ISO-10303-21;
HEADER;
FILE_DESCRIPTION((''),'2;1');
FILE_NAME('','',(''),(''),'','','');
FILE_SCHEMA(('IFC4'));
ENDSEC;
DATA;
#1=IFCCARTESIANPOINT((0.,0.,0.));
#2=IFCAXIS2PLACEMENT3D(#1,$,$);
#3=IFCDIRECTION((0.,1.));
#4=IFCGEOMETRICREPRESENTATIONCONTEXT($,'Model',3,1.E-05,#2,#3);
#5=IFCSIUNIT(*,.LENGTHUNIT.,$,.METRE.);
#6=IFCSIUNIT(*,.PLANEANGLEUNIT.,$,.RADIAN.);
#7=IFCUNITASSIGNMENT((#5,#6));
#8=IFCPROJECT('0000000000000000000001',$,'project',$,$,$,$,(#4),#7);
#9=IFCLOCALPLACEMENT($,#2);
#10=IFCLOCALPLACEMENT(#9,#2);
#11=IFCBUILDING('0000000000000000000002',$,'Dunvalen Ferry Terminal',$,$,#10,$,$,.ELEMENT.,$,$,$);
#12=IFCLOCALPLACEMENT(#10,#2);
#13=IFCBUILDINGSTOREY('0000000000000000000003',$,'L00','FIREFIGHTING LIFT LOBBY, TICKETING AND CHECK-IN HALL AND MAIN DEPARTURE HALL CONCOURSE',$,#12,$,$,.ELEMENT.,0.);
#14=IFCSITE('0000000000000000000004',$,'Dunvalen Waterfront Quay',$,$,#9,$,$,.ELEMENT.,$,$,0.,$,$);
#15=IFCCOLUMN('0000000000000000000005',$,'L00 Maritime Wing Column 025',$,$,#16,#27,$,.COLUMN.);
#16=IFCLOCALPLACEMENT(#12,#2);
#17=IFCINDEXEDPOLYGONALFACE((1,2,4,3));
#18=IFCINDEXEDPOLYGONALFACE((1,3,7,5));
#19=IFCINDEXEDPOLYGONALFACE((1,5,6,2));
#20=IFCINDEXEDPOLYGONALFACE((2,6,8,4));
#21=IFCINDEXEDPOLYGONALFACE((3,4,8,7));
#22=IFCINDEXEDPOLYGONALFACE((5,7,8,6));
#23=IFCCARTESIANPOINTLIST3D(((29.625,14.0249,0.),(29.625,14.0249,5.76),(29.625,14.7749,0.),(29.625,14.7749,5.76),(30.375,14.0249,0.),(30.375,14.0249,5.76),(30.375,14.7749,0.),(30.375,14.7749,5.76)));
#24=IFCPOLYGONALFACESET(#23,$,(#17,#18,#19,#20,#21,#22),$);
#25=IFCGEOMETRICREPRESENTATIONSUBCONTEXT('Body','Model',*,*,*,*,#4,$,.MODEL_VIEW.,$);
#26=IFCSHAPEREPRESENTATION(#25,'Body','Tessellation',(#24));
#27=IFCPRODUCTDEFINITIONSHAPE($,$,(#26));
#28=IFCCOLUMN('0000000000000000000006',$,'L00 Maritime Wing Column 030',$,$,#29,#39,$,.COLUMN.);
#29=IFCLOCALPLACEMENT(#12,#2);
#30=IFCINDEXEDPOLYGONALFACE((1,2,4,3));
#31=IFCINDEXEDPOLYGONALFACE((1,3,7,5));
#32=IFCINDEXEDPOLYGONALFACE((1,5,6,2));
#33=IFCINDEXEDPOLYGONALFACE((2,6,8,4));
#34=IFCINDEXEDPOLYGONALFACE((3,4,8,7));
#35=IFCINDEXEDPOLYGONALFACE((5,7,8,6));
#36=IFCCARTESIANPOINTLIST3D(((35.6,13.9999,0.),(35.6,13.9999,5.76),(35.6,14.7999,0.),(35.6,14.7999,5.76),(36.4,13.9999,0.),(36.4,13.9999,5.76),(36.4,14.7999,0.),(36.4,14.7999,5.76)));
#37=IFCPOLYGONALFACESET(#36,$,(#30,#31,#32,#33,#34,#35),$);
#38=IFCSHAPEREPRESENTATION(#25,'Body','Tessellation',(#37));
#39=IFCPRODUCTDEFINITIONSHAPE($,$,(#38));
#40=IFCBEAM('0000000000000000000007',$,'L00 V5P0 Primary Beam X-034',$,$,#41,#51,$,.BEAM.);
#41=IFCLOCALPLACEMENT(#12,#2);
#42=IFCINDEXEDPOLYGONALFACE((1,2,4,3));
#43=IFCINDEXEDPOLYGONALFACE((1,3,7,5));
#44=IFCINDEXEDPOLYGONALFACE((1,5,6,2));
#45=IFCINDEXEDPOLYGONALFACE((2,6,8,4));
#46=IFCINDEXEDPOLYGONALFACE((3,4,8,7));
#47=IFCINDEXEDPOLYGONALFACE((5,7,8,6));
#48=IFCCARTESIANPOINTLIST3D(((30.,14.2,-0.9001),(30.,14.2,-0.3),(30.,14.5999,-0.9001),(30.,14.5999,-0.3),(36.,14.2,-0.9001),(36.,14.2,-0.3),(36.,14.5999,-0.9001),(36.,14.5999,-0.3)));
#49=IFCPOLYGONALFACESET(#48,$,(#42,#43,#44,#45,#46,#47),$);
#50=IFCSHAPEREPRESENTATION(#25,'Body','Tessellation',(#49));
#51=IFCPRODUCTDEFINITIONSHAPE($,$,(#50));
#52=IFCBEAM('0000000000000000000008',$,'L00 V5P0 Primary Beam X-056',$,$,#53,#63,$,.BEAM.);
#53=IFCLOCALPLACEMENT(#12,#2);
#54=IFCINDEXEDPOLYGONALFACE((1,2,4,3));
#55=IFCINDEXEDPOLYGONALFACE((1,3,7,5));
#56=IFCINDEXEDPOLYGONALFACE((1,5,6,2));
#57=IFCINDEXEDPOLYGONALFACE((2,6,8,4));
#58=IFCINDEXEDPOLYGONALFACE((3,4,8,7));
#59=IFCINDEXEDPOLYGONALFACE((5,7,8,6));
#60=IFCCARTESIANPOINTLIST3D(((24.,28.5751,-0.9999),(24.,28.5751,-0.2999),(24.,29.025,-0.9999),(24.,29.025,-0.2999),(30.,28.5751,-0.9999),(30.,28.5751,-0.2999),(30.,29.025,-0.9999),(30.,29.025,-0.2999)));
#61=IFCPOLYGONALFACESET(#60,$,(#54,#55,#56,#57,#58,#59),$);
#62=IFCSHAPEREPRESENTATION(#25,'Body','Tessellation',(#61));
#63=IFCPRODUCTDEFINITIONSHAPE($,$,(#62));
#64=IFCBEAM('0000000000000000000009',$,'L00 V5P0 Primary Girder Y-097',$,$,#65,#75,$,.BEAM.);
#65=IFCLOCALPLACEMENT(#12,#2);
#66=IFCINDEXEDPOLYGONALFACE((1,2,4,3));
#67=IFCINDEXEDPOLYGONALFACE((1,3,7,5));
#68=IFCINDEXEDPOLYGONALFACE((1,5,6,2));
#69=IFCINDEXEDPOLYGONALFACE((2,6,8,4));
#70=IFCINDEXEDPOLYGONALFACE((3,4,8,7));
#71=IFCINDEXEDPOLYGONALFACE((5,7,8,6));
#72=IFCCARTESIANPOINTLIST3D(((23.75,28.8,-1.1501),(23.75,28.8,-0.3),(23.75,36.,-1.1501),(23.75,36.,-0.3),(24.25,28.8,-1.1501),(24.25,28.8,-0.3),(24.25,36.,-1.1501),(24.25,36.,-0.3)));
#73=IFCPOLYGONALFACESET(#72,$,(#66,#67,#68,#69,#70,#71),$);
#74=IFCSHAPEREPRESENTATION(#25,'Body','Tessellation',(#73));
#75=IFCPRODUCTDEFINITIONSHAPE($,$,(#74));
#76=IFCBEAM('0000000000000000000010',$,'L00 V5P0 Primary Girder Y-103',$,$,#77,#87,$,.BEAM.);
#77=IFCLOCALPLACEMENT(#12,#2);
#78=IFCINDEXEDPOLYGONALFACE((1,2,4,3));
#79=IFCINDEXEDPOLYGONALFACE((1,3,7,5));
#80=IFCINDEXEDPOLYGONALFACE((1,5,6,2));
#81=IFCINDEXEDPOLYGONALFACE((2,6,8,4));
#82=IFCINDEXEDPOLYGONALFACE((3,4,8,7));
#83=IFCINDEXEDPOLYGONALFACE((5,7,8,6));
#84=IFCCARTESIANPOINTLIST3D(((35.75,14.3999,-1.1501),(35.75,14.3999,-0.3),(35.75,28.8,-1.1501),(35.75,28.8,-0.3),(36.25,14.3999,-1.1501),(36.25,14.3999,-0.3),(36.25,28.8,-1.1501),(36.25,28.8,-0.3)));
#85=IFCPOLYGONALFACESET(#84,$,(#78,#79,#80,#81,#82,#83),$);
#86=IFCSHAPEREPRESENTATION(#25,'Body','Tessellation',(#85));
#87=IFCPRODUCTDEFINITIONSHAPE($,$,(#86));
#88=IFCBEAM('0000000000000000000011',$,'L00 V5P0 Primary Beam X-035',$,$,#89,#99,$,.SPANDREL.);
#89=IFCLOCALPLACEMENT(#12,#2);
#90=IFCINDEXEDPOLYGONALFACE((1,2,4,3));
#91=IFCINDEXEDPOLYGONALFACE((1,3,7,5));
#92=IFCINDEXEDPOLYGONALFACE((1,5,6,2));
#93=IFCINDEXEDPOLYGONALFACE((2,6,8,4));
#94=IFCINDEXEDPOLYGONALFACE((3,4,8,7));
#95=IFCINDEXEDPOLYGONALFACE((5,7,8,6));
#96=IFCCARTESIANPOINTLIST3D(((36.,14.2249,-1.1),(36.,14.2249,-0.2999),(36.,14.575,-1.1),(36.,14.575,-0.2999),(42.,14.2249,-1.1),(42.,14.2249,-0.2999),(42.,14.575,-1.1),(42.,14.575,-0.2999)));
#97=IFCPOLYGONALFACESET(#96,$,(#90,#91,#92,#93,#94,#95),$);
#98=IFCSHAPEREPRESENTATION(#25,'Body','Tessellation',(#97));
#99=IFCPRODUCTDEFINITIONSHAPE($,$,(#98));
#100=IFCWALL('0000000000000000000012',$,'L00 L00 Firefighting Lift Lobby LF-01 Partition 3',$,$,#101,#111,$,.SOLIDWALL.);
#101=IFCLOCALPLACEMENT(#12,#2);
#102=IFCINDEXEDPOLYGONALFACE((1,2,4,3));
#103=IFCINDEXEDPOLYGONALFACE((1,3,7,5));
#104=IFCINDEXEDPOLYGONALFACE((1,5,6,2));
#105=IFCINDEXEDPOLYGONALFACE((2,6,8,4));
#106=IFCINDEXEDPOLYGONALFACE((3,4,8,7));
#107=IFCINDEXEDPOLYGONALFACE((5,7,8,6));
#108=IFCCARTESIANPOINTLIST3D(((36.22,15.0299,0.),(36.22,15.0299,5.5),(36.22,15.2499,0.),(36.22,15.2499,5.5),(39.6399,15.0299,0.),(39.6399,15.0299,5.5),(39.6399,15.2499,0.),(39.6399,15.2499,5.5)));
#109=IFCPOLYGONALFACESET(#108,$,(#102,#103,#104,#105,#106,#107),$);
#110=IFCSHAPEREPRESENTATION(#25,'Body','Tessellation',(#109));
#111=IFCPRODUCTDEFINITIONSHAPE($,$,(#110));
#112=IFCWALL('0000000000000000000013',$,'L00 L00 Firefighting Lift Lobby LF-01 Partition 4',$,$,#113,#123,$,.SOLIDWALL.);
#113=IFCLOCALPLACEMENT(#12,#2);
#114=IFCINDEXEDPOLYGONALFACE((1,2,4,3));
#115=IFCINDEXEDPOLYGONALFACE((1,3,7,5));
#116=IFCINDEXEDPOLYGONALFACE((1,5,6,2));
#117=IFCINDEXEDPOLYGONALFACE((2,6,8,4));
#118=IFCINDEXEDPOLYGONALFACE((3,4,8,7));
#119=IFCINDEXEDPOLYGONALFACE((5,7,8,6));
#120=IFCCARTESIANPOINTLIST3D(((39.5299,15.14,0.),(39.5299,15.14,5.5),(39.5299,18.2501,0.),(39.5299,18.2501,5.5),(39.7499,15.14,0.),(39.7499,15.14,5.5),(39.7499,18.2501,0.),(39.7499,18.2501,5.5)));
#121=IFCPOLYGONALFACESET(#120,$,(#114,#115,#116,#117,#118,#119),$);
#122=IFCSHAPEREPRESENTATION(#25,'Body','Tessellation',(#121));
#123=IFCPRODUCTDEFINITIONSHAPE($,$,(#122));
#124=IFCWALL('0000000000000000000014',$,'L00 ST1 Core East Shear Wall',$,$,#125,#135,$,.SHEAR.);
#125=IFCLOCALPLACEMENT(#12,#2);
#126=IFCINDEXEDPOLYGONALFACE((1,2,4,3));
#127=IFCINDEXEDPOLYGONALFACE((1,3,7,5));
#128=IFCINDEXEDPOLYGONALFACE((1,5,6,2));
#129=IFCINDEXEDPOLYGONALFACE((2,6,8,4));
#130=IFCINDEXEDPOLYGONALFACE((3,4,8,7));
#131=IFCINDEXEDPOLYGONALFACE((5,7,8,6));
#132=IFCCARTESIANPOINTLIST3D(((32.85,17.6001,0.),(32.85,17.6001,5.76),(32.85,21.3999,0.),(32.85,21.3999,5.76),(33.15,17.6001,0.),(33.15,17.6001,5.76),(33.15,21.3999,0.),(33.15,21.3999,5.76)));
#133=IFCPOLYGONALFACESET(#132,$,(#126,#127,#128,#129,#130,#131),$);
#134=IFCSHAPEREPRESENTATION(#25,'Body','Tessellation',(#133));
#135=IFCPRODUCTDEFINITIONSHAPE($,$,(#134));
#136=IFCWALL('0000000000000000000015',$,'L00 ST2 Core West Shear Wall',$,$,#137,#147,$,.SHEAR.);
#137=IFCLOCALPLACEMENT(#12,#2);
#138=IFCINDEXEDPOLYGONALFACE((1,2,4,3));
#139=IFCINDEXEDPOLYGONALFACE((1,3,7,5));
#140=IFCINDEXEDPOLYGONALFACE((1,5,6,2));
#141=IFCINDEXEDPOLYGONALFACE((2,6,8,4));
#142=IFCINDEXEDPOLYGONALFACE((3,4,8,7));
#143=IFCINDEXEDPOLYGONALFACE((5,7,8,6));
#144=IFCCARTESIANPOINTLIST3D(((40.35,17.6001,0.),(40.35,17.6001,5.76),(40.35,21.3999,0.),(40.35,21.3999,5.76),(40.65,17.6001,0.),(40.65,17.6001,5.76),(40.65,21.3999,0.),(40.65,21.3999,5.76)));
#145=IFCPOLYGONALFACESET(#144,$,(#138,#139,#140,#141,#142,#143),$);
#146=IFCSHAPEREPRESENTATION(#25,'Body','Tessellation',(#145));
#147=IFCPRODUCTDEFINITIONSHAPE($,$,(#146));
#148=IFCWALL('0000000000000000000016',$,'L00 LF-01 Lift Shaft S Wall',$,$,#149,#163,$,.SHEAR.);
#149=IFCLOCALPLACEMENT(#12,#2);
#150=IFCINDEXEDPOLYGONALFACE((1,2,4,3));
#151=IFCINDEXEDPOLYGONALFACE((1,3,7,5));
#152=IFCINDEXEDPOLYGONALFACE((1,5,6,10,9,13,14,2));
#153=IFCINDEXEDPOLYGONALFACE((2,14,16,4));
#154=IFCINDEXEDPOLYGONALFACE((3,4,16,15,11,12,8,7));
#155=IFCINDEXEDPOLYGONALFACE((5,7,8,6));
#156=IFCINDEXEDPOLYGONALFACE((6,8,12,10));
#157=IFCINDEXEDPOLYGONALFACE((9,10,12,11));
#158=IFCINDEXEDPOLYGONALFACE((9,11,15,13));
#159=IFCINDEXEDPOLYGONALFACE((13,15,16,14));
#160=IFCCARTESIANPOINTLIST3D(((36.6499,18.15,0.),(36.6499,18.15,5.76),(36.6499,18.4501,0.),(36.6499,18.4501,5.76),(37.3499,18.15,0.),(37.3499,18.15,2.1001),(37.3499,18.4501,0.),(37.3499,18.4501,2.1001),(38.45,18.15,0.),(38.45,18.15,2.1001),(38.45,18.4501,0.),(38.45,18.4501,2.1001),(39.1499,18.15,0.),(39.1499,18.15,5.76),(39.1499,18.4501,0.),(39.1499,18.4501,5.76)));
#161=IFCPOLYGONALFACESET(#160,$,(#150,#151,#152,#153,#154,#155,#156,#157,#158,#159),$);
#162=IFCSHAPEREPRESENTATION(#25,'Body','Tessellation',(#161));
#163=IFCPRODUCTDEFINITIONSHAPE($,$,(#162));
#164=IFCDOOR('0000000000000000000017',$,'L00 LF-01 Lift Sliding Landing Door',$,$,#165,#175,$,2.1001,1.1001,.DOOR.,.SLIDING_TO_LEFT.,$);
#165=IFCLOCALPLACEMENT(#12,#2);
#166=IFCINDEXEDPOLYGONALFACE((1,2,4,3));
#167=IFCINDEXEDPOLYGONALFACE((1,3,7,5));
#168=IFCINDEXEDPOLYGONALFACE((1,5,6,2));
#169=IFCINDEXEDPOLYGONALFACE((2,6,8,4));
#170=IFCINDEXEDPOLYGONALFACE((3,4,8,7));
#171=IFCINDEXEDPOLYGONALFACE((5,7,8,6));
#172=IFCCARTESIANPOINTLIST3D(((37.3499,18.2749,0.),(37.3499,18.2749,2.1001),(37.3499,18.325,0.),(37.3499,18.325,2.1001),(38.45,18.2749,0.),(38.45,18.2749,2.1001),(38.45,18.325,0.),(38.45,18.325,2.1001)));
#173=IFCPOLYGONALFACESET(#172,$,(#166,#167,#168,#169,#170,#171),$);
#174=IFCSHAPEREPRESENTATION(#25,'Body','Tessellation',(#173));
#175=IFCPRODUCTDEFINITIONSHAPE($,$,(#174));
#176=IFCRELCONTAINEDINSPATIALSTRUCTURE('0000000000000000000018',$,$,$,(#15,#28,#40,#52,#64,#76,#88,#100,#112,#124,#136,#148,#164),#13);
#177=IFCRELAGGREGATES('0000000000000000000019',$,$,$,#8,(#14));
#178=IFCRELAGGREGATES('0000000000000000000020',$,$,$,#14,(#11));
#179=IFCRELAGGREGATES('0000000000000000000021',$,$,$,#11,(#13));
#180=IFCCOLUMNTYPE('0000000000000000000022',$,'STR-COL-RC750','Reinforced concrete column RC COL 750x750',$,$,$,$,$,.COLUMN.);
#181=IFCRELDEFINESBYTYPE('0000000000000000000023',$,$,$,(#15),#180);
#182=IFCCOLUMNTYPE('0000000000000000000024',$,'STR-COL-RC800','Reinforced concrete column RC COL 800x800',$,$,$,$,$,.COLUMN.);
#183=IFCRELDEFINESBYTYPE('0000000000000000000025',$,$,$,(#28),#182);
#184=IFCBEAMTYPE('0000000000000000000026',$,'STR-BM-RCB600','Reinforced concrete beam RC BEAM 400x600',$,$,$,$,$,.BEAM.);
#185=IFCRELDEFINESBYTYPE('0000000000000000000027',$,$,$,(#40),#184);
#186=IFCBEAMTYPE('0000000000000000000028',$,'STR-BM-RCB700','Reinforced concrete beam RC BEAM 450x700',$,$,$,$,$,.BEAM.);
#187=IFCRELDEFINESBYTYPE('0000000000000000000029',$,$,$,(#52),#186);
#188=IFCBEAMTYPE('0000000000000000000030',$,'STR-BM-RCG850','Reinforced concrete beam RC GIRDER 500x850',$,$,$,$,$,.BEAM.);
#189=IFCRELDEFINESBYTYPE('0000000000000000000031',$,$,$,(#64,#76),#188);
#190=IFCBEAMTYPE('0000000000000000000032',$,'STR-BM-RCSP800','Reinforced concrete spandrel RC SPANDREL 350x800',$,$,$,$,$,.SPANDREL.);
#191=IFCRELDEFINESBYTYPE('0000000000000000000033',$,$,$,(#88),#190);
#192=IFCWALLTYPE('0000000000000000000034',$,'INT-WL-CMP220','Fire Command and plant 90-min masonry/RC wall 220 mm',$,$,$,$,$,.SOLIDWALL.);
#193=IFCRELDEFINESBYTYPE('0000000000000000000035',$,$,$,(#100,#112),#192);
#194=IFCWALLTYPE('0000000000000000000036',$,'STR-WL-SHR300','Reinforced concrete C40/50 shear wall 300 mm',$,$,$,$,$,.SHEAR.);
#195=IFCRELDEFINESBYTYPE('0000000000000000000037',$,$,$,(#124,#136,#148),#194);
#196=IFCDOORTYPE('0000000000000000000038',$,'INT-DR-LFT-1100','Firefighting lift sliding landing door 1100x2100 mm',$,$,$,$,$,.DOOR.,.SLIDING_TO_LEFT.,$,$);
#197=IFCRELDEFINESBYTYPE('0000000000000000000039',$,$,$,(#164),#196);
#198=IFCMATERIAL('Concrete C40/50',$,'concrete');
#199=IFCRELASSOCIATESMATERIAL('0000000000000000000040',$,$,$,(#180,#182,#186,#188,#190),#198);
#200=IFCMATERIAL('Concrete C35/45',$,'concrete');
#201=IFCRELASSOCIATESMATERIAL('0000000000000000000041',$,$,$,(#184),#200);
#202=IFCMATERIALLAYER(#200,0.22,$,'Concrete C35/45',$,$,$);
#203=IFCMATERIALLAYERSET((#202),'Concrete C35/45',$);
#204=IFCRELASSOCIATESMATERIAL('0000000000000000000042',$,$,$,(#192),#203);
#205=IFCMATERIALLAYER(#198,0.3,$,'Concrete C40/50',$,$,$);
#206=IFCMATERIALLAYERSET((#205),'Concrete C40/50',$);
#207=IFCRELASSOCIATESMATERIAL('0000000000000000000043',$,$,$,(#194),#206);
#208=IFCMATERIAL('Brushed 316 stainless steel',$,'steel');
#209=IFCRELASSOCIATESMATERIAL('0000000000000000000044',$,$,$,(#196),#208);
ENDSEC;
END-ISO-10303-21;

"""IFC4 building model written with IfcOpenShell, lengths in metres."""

from ifc_helpers import new_model, si_unit, direction, frame, frame_2d, origin, origin_2d, place, context, subcontext, project, spatial, rectangle, extrude, material, layer, layer_set, material_profile, profile_set, type_object, element, fill, save


model = new_model("IFC4")

# Units and contexts
model_context = context("Model", 3, precision=1e-05, world=origin(), true_north=direction((0.0, 1.0)))
body_context = subcontext(model_context, "Body", "Model", "MODEL_VIEW")
ifc_project = project(units=[si_unit("LENGTHUNIT", "METRE"), si_unit("PLANEANGLEUNIT", "RADIAN")], contexts=[model_context])

# Site, building, storey
site_placement = place(None, origin())
site = spatial("IfcSite", under=ifc_project, at=site_placement, Name="Dunvalen Waterfront Quay", CompositionType="ELEMENT", RefElevation=0.0)
building_placement = place(site_placement, origin())
building = spatial("IfcBuilding", under=site, at=building_placement, Name="Dunvalen Ferry Terminal", CompositionType="ELEMENT")
storey_placement = place(building_placement, origin())
storey = spatial("IfcBuildingStorey", under=building, at=storey_placement, Name="L00", Description="FIREFIGHTING LIFT LOBBY, TICKETING AND CHECK-IN HALL AND MAIN DEPARTURE HALL CONCOURSE", CompositionType="ELEMENT", Elevation=0.0)

# Columns
ifc_material_1 = material(Name="Concrete C40/50", Category="concrete")
ifc_material_profile_1 = material_profile(ifc_material_1, rectangle(XDim=0.75, YDim=0.75, at=origin_2d()), Name="Concrete C40/50")
ifc_profile_set_1 = profile_set([ifc_material_profile_1], Name="Concrete C40/50")
column_type_1 = type_object("IfcColumnType", Name="STR-COL-RC750", Description="Reinforced concrete column RC COL 750x750", PredefinedType="COLUMN", material=ifc_profile_set_1)
column_1_placement = place(storey_placement, frame((30.0, 14.3999, 0.0), z_axis=(0.0, 0.0, 1.0), x_axis=(1.0, 0.0, 0.0)))
element("IfcColumn", 1, at=column_1_placement, inside=storey, type_object=column_type_1, Name="L00 Maritime Wing Column 025", PredefinedType="COLUMN", context=body_context, shape_type="SweptSolid", body=[
    extrude(rectangle(XDim=0.75, YDim=0.75, at=origin_2d()), origin(), (0.0, 0.0, 1.0), 5.76),
])
ifc_material_profile_2 = material_profile(ifc_material_1, rectangle(XDim=0.8, YDim=0.8, at=origin_2d()), Name="Concrete C40/50")
ifc_profile_set_2 = profile_set([ifc_material_profile_2], Name="Concrete C40/50")
column_type_2 = type_object("IfcColumnType", Name="STR-COL-RC800", Description="Reinforced concrete column RC COL 800x800", PredefinedType="COLUMN", material=ifc_profile_set_2)
column_2_placement = place(storey_placement, frame((36.0, 14.3999, 0.0), z_axis=(0.0, 0.0, 1.0), x_axis=(1.0, 0.0, 0.0)))
element("IfcColumn", 2, at=column_2_placement, inside=storey, type_object=column_type_2, Name="L00 Maritime Wing Column 030", PredefinedType="COLUMN", context=body_context, shape_type="SweptSolid", body=[
    extrude(rectangle(XDim=0.8, YDim=0.8, at=origin_2d()), origin(), (0.0, 0.0, 1.0), 5.76),
])

# Beams
ifc_material_2 = material(Name="Concrete C35/45", Category="concrete")
ifc_material_profile_3 = material_profile(ifc_material_2, rectangle(XDim=0.3999, YDim=0.6001, at=origin_2d()), Name="Concrete C35/45")
ifc_profile_set_3 = profile_set([ifc_material_profile_3], Name="Concrete C35/45")
beam_type_1 = type_object("IfcBeamType", Name="STR-BM-RCB600", Description="Reinforced concrete beam RC BEAM 400x600", PredefinedType="BEAM", material=ifc_profile_set_3)
beam_1_placement = place(storey_placement, frame((30.0, 14.3999, -0.6001), z_axis=(1.0, 0.0, 0.0), x_axis=(0.0, 1.0, 0.0)))
element("IfcBeam", 3, at=beam_1_placement, inside=storey, type_object=beam_type_1, Name="L00 V5P0 Primary Beam X-034", PredefinedType="BEAM", context=body_context, shape_type="SweptSolid", body=[
    extrude(rectangle(XDim=0.3999, YDim=0.6001, at=origin_2d()), origin(), (0.0, 0.0, 1.0), 6.0),
])
ifc_material_profile_4 = material_profile(ifc_material_1, rectangle(XDim=0.45, YDim=0.7, at=origin_2d()), Name="Concrete C40/50")
ifc_profile_set_4 = profile_set([ifc_material_profile_4], Name="Concrete C40/50")
beam_type_2 = type_object("IfcBeamType", Name="STR-BM-RCB700", Description="Reinforced concrete beam RC BEAM 450x700", PredefinedType="BEAM", material=ifc_profile_set_4)
beam_2_placement = place(storey_placement, frame((24.0, 28.8, -0.6499), z_axis=(1.0, 0.0, 0.0), x_axis=(0.0, 1.0, 0.0)))
element("IfcBeam", 4, at=beam_2_placement, inside=storey, type_object=beam_type_2, Name="L00 V5P0 Primary Beam X-056", PredefinedType="BEAM", context=body_context, shape_type="SweptSolid", body=[
    extrude(rectangle(XDim=0.45, YDim=0.7, at=origin_2d()), origin(), (0.0, 0.0, 1.0), 6.0),
])
ifc_material_profile_5 = material_profile(ifc_material_1, rectangle(XDim=0.5, YDim=0.8501, at=origin_2d()), Name="Concrete C40/50")
ifc_profile_set_5 = profile_set([ifc_material_profile_5], Name="Concrete C40/50")
beam_type_3 = type_object("IfcBeamType", Name="STR-BM-RCG850", Description="Reinforced concrete beam RC GIRDER 500x850", PredefinedType="BEAM", material=ifc_profile_set_5)
beam_3_placement = place(storey_placement, frame((24.0, 28.8, -0.7251), z_axis=(0.0, 1.0, 0.0), x_axis=(-1.0, 0.0, 0.0)))
element("IfcBeam", 5, at=beam_3_placement, inside=storey, type_object=beam_type_3, Name="L00 V5P0 Primary Girder Y-097", PredefinedType="BEAM", context=body_context, shape_type="SweptSolid", body=[
    extrude(rectangle(XDim=0.5, YDim=0.8501, at=origin_2d()), origin(), (0.0, 0.0, 1.0), 7.2),
])
beam_4_placement = place(storey_placement, frame((36.0, 14.3999, -0.7251), z_axis=(0.0, 1.0, 0.0), x_axis=(-1.0, 0.0, 0.0)))
element("IfcBeam", 6, at=beam_4_placement, inside=storey, type_object=beam_type_3, Name="L00 V5P0 Primary Girder Y-103", PredefinedType="BEAM", context=body_context, shape_type="SweptSolid", body=[
    extrude(rectangle(XDim=0.5, YDim=0.8501, at=origin_2d()), origin(), (0.0, 0.0, 1.0), 14.4001),
])
ifc_material_profile_6 = material_profile(ifc_material_1, rectangle(XDim=0.3501, YDim=0.8, at=origin_2d()), Name="Concrete C40/50")
ifc_profile_set_6 = profile_set([ifc_material_profile_6], Name="Concrete C40/50")
beam_type_4 = type_object("IfcBeamType", Name="STR-BM-RCSP800", Description="Reinforced concrete spandrel RC SPANDREL 350x800", PredefinedType="SPANDREL", material=ifc_profile_set_6)
beam_5_placement = place(storey_placement, frame((36.0, 14.3999, -0.7), z_axis=(1.0, 0.0, 0.0), x_axis=(0.0, 1.0, 0.0)))
element("IfcBeam", 7, at=beam_5_placement, inside=storey, type_object=beam_type_4, Name="L00 V5P0 Primary Beam X-035", PredefinedType="SPANDREL", context=body_context, shape_type="SweptSolid", body=[
    extrude(rectangle(XDim=0.3501, YDim=0.8, at=origin_2d()), origin(), (0.0, 0.0, 1.0), 6.0),
])

# Shared definitions
ifc_layer_1 = layer(ifc_material_2, 0.22, Name="Concrete C35/45")
ifc_layer_set_1 = layer_set([ifc_layer_1], Name="Concrete C35/45")
wall_type_1 = type_object("IfcWallType", Name="INT-WL-CMP220", Description="Fire Command and plant 90-min masonry/RC wall 220 mm", PredefinedType="SOLIDWALL", material=ifc_layer_set_1)

# Walls
wall_1_placement = place(storey_placement, frame((36.22, 15.1399, 0.0), z_axis=(0.0, 0.0, 1.0), x_axis=(1.0, 0.0, 0.0)))
element("IfcWall", 8, at=wall_1_placement, inside=storey, type_object=wall_type_1, Name="L00 L00 Firefighting Lift Lobby LF-01 Partition 3", PredefinedType="SOLIDWALL", context=body_context, shape_type="SweptSolid", body=[
    extrude(rectangle(XDim=3.4199, YDim=0.22, at=frame_2d((1.71, 0.0))), origin(), (0.0, 0.0, 1.0), 5.5),
])
wall_2_placement = place(storey_placement, frame((39.6399, 15.1399, 0.0), z_axis=(0.0, 0.0, 1.0), x_axis=(0.0, 1.0, 0.0)))
element("IfcWall", 9, at=wall_2_placement, inside=storey, type_object=wall_type_1, Name="L00 L00 Firefighting Lift Lobby LF-01 Partition 4", PredefinedType="SOLIDWALL", context=body_context, shape_type="SweptSolid", body=[
    extrude(rectangle(XDim=3.1101, YDim=0.22, at=frame_2d((1.5552, 0.0))), origin(), (0.0, 0.0, 1.0), 5.5),
])
ifc_layer_2 = layer(ifc_material_1, 0.3, Name="Concrete C40/50")
ifc_layer_set_2 = layer_set([ifc_layer_2], Name="Concrete C40/50")
wall_type_2 = type_object("IfcWallType", Name="STR-WL-SHR300", Description="Reinforced concrete C40/50 shear wall 300 mm", PredefinedType="SHEAR", material=ifc_layer_set_2)
for number, where, z_axis, x_axis, name in (
    (10, (33.0, 17.6001, 0.0), (0.0, 0.0, 1.0), (0.0, 1.0, 0.0), "L00 ST1 Core East Shear Wall"),
    (11, (40.5, 17.6001, 0.0), (0.0, 0.0, 1.0), (0.0, 1.0, 0.0), "L00 ST2 Core West Shear Wall"),
):
    element("IfcWall", number, at=place(storey_placement, frame(where, z_axis=z_axis, x_axis=x_axis)), inside=storey, type_object=wall_type_2, Name=name, PredefinedType="SHEAR", context=body_context, shape_type="SweptSolid", body=[
        extrude(rectangle(XDim=3.7998, YDim=0.3, at=frame_2d((1.8999, 0.0))), origin(), (0.0, 0.0, 1.0), 5.76),
    ])

# Wall, opening, door
wall_3_placement = place(storey_placement, frame((36.6499, 18.3, 0.0), z_axis=(0.0, 0.0, 1.0), x_axis=(1.0, 0.0, 0.0)))
wall_3 = element("IfcWall", 12, at=wall_3_placement, inside=storey, type_object=wall_type_2, Name="L00 LF-01 Lift Shaft S Wall", PredefinedType="SHEAR", context=body_context, shape_type="SweptSolid", body=[
    extrude(rectangle(XDim=2.5, YDim=0.3, at=frame_2d((1.25, 0.0))), origin(), (0.0, 0.0, 1.0), 5.76),
])
opening_1_placement = place(wall_3_placement, frame((0.7, 0.0, 0.0)))
opening_1 = element("IfcOpeningElement", 13, at=opening_1_placement, cuts=wall_3, PredefinedType="OPENING", context=body_context, shape_type="SweptSolid", body=[
    extrude(rectangle(XDim=1.1001, YDim=2.1001, at=frame_2d((0.55, 1.05))), frame((0.0, 0.1602, 0.0), z_axis=(0.0, -1.0, 0.0), x_axis=(1.0, 0.0, 0.0)), (0.0, 0.0, 1.0), 0.3201),
])
ifc_material_3 = material(Name="Brushed 316 stainless steel", Category="steel")
door_type_1 = type_object("IfcDoorType", Name="INT-DR-LFT-1100", Description="Firefighting lift sliding landing door 1100x2100 mm", OperationType="SLIDING_TO_LEFT", PredefinedType="DOOR", material=ifc_material_3)
door_1_placement = place(opening_1_placement, origin())
door_1 = element("IfcDoor", 14, at=door_1_placement, inside=storey, type_object=door_type_1, Name="L00 LF-01 Lift Sliding Landing Door", OperationType="SLIDING_TO_LEFT", OverallHeight=2.1001, OverallWidth=1.1001, PredefinedType="DOOR", context=body_context, shape_type="SweptSolid", body=[
    extrude(rectangle(XDim=1.1001, YDim=2.1001, at=frame_2d((0.55, 1.05))), frame((0.0, 0.0249, 0.0), z_axis=(0.0, -1.0, 0.0), x_axis=(1.0, 0.0, 0.0)), (0.0, 0.0, 1.0), 0.05),
])
fill(opening_1, door_1)

save(model, "model.ifc")
